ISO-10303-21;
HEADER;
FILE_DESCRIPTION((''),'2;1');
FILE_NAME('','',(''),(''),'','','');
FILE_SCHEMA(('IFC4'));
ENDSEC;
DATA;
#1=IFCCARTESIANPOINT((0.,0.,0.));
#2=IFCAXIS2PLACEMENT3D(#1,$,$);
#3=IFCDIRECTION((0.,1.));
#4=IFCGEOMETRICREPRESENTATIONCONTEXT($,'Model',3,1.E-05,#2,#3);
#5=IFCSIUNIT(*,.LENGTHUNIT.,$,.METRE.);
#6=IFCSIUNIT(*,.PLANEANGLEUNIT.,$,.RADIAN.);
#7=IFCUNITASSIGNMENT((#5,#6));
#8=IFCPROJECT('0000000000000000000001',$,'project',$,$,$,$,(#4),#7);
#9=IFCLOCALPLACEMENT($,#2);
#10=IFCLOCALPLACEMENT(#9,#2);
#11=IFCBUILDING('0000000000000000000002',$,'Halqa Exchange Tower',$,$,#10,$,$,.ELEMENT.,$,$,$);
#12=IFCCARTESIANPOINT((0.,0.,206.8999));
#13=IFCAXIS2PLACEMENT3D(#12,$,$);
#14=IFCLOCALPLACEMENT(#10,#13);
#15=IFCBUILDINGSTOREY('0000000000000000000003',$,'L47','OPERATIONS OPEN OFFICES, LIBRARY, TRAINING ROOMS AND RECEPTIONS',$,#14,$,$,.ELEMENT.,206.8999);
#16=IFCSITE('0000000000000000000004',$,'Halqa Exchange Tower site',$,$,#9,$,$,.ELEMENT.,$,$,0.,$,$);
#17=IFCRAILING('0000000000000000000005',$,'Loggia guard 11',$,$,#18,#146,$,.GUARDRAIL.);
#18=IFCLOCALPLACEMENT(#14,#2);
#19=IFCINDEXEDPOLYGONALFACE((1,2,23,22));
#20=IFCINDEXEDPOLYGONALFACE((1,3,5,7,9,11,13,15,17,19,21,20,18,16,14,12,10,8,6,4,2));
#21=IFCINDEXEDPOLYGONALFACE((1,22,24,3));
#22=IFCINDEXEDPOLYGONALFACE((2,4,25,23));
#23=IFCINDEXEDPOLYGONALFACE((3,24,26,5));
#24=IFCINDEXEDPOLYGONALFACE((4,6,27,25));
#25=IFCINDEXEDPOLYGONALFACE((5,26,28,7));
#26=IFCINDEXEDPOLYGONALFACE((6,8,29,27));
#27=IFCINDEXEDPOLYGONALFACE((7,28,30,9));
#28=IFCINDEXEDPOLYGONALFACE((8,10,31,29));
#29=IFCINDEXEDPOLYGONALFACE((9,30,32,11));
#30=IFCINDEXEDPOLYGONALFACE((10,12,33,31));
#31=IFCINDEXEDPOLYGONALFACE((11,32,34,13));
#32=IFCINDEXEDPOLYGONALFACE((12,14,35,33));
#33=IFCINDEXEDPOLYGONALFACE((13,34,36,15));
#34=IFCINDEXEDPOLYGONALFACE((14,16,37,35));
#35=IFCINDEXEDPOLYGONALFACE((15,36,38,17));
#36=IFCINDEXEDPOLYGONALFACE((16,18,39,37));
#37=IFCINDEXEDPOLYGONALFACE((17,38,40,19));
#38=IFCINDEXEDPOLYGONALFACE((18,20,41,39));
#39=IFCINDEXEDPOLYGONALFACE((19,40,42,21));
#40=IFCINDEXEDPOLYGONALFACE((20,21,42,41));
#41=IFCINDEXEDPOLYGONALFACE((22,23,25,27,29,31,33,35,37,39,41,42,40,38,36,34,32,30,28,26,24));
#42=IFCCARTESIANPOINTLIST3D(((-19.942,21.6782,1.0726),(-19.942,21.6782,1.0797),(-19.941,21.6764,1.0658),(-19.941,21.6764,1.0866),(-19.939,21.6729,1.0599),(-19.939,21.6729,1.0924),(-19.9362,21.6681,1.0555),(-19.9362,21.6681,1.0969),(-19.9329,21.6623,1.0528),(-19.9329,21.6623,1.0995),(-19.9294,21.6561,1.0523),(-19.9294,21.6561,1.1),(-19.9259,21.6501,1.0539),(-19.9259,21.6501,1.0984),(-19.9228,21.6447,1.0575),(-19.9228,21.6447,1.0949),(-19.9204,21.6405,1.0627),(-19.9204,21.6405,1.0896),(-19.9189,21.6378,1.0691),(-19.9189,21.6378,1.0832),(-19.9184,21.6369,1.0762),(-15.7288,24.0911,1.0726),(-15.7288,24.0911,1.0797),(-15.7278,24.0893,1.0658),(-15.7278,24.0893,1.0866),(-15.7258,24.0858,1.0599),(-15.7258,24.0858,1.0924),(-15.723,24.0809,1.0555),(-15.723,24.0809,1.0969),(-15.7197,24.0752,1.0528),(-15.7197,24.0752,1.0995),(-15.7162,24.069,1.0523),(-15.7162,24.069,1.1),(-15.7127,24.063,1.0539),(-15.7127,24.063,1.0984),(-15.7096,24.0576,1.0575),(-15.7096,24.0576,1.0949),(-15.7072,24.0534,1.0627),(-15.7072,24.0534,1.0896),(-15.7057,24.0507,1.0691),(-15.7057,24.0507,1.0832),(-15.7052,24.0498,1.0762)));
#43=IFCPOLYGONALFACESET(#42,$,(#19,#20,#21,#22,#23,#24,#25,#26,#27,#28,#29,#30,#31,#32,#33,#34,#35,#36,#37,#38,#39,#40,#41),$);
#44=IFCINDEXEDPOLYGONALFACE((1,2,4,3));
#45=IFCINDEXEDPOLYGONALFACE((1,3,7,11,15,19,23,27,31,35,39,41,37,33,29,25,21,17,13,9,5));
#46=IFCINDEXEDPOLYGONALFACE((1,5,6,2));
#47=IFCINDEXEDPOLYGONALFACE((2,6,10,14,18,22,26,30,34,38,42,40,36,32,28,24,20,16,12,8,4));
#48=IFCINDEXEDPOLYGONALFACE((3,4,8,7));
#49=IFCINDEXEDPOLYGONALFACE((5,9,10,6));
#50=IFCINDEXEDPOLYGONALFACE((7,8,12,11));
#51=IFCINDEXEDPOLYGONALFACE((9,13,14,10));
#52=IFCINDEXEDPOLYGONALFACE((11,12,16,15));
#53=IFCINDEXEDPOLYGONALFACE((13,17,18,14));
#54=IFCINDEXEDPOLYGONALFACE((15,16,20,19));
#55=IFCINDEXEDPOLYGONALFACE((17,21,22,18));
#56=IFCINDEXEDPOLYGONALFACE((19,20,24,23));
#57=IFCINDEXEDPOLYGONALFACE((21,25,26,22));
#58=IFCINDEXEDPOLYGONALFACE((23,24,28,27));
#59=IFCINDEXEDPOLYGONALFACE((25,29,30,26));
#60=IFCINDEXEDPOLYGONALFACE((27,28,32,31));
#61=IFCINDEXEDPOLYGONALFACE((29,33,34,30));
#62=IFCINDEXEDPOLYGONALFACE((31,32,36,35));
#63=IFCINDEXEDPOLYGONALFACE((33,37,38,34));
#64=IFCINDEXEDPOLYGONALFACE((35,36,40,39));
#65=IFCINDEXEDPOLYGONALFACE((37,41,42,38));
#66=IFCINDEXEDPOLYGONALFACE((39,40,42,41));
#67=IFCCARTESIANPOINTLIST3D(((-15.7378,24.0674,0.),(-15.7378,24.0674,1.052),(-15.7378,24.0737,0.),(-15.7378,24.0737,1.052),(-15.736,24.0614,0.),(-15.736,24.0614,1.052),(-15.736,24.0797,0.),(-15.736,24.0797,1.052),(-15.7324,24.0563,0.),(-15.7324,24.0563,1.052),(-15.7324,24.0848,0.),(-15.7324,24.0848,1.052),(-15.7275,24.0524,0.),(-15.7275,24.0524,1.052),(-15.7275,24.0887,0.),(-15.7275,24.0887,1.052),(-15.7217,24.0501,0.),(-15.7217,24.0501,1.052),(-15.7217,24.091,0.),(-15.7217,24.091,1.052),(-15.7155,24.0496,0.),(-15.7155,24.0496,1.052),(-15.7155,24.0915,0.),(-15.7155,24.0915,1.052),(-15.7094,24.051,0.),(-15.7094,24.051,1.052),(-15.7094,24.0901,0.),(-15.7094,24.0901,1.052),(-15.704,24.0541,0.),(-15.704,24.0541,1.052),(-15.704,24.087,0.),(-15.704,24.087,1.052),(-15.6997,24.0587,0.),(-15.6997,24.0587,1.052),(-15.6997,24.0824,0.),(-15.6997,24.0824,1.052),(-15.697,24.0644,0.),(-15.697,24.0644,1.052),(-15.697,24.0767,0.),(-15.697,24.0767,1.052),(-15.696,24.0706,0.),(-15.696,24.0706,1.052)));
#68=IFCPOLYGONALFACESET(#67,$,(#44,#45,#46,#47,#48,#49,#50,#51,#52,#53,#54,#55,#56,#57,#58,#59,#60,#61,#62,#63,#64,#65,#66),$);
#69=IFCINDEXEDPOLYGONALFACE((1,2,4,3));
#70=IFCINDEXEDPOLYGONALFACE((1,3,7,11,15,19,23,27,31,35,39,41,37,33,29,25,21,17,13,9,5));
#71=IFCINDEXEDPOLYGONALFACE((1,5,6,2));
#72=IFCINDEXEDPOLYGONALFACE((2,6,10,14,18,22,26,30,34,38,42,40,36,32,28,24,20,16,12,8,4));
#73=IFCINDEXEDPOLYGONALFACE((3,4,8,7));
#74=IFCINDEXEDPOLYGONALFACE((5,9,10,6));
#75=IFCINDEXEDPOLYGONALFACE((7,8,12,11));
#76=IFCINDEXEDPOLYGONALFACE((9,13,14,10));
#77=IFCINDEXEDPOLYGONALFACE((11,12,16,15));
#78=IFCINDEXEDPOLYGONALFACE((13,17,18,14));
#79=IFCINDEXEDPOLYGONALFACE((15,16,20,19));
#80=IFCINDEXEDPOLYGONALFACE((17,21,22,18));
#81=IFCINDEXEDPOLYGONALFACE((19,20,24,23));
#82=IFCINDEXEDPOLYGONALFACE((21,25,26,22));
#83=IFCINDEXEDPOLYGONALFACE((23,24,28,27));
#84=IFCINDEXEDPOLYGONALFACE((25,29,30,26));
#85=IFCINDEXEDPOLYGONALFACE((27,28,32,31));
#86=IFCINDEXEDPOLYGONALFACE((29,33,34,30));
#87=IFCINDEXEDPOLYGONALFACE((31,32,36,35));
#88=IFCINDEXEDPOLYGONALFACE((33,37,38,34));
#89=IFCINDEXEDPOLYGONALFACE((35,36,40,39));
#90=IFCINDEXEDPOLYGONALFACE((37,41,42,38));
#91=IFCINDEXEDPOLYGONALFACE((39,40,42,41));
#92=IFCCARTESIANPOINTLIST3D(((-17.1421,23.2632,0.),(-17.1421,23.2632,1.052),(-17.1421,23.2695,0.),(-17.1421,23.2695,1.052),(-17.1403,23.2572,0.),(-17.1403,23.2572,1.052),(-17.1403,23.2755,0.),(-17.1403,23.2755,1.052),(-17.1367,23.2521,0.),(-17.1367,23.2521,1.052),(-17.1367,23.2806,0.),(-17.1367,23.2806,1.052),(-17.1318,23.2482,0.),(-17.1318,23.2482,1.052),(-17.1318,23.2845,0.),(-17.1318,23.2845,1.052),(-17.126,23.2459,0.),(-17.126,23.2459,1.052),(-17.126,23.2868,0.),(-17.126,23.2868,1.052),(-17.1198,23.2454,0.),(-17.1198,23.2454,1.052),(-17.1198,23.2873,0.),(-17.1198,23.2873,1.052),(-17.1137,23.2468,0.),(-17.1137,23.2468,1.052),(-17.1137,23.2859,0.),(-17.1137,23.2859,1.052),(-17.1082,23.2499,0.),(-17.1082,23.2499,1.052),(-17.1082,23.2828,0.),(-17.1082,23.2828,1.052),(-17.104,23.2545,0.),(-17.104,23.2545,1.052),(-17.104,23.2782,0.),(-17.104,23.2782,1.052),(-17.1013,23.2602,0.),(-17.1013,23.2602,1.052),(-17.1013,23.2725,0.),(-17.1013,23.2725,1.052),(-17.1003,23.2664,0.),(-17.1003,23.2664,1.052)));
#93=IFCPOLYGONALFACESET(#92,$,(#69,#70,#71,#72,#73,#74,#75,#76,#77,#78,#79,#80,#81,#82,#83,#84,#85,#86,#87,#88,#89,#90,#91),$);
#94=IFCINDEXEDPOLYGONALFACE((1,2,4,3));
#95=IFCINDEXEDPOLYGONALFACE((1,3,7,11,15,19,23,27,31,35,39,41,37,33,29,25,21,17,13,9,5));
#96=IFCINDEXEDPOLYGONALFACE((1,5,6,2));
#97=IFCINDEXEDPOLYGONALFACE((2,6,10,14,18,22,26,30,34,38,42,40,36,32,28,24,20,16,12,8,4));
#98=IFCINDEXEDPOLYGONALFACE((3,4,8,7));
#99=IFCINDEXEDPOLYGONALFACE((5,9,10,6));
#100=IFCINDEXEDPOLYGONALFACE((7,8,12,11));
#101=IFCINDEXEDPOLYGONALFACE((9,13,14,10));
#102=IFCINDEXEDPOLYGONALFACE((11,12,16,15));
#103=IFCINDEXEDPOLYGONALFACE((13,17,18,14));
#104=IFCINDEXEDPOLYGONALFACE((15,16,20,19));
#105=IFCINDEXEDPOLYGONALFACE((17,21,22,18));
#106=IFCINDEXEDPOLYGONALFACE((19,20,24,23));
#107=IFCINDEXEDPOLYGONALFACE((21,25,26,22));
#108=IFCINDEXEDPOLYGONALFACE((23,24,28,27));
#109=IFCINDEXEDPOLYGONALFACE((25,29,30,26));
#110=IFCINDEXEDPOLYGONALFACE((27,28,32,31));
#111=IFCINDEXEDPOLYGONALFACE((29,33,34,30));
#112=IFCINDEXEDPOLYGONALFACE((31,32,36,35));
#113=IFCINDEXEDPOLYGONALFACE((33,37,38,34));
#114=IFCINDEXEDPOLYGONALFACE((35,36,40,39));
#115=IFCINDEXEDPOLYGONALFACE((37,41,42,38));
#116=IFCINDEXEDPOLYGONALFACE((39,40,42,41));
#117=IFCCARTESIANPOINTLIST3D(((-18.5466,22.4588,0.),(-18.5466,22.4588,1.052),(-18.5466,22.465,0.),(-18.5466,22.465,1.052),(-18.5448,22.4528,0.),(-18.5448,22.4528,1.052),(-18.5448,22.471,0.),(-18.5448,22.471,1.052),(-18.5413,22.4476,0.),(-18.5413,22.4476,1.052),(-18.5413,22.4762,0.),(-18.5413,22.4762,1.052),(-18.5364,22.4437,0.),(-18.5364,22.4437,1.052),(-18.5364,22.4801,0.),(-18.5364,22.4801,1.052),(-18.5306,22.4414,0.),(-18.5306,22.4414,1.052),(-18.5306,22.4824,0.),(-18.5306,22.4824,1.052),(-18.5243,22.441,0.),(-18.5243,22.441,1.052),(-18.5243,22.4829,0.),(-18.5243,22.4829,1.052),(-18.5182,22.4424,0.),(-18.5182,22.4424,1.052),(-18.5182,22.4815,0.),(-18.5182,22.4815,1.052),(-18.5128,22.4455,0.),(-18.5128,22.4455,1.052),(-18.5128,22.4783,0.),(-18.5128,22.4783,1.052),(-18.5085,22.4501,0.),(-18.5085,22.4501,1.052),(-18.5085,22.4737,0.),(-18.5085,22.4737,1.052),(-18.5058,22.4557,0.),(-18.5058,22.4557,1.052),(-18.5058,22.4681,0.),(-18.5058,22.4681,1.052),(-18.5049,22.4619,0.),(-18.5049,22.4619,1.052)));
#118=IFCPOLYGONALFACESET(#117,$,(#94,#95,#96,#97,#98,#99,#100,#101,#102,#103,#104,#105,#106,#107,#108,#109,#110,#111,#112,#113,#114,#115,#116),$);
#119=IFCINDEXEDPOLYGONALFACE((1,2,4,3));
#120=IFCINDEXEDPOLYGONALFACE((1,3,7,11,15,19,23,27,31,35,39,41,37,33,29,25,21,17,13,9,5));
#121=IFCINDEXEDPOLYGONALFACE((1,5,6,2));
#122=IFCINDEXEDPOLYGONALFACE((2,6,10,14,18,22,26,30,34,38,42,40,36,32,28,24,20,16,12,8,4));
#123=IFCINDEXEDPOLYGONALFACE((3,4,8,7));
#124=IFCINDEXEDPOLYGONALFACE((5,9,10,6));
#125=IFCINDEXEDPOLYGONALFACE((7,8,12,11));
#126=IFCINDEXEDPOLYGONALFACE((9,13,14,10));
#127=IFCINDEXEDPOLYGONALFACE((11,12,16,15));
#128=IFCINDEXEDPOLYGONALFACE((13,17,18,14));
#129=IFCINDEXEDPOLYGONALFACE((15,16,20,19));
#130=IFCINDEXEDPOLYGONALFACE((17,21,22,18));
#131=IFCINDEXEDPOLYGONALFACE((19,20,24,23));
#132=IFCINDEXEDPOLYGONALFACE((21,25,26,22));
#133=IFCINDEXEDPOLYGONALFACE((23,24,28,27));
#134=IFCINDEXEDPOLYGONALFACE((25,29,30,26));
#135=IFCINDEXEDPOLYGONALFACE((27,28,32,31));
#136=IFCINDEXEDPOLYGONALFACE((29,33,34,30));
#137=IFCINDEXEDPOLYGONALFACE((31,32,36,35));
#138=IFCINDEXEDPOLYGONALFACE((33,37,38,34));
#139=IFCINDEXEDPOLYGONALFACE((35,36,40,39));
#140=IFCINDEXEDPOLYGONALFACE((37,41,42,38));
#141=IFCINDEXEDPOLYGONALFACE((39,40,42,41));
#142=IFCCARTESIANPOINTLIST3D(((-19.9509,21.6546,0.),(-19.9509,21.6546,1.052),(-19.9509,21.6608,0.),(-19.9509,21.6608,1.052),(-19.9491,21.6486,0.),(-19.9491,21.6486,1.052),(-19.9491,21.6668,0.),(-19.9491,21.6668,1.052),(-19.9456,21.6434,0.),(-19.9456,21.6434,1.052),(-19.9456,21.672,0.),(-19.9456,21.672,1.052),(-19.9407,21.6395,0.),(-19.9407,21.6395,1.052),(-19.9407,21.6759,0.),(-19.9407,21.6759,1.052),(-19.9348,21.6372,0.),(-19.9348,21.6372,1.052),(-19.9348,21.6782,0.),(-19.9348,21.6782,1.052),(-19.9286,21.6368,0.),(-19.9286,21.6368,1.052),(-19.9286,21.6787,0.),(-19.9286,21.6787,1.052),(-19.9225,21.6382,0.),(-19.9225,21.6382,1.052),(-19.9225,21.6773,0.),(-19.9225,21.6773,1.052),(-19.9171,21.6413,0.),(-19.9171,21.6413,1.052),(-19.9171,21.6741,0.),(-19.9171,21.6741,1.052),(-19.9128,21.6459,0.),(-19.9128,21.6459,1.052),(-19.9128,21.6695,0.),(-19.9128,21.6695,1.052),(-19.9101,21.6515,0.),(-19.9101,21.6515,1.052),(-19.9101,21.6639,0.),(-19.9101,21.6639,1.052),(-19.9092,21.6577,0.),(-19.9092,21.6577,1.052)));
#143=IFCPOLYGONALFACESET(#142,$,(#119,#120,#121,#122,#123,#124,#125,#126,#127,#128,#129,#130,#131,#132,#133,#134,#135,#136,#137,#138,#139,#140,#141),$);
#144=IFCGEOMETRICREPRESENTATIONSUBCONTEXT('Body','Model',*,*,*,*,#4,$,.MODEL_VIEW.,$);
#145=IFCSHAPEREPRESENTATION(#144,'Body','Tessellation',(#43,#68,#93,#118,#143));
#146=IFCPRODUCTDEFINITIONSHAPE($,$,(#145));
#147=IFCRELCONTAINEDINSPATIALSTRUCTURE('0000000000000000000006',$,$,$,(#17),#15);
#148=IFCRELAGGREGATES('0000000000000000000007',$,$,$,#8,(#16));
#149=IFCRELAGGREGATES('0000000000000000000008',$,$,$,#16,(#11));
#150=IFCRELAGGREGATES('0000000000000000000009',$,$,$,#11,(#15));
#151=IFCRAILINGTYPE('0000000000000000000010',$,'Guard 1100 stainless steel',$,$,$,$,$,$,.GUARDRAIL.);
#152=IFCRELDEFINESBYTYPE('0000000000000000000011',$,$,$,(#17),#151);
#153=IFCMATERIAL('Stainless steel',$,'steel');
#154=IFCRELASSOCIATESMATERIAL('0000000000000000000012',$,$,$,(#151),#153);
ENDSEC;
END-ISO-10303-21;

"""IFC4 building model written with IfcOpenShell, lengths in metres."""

from ifc_helpers import new_model, si_unit, direction, frame, origin, origin_2d, place, context, subcontext, project, spatial, circle, extrude, material, type_object, element, save


model = new_model("IFC4")

# Units and contexts
model_context = context("Model", 3, precision=1e-05, world=origin(), true_north=direction((0.0, 1.0)))
body_context = subcontext(model_context, "Body", "Model", "MODEL_VIEW")
ifc_project = project(units=[si_unit("LENGTHUNIT", "METRE"), si_unit("PLANEANGLEUNIT", "RADIAN")], contexts=[model_context])

# Site, building, storey
site_placement = place(None, origin())
site = spatial("IfcSite", under=ifc_project, at=site_placement, Name="Halqa Exchange Tower site", CompositionType="ELEMENT", RefElevation=0.0)
building_placement = place(site_placement, origin())
building = spatial("IfcBuilding", under=site, at=building_placement, Name="Halqa Exchange Tower", CompositionType="ELEMENT")
storey_placement = place(building_placement, frame((0.0, 0.0, 206.8999)))
storey = spatial("IfcBuildingStorey", under=building, at=storey_placement, Name="L47", Description="OPERATIONS OPEN OFFICES, LIBRARY, TRAINING ROOMS AND RECEPTIONS", CompositionType="ELEMENT", Elevation=206.8999)

# Railing
ifc_material_1 = material(Name="Stainless steel", Category="steel")
railing_type = type_object("IfcRailingType", Name="Guard 1100 stainless steel", PredefinedType="GUARDRAIL", material=ifc_material_1)
railing_1_placement = place(storey_placement, frame((-15.717, 24.0706, 0.0)))
element("IfcRailing", 1, at=railing_1_placement, inside=storey, type_object=railing_type, Name="Loggia guard 11", PredefinedType="GUARDRAIL", context=body_context, shape_type="SweptSolid", body=[
    extrude(circle(Radius=0.0239, at=origin_2d()), frame((0.0, 0.0, 1.0762), z_axis=(-0.867769, -0.496967, 0.0), x_axis=(0.496967, -0.867769, 0.0)), (0.0, 0.0, 1.0), 4.8552),
    extrude(circle(Radius=0.021, at=origin_2d()), origin(), (0.0, 0.0, 1.0), 1.052),
    extrude(circle(Radius=0.021, at=origin_2d()), frame((-1.4043, -0.8042, 0.0)), (0.0, 0.0, 1.0), 1.052),
    extrude(circle(Radius=0.021, at=origin_2d()), frame((-2.8088, -1.6086, 0.0)), (0.0, 0.0, 1.0), 1.052),
    extrude(circle(Radius=0.021, at=origin_2d()), frame((-4.2131, -2.4128, 0.0)), (0.0, 0.0, 1.0), 1.052),
])

save(model, "model.ifc")
